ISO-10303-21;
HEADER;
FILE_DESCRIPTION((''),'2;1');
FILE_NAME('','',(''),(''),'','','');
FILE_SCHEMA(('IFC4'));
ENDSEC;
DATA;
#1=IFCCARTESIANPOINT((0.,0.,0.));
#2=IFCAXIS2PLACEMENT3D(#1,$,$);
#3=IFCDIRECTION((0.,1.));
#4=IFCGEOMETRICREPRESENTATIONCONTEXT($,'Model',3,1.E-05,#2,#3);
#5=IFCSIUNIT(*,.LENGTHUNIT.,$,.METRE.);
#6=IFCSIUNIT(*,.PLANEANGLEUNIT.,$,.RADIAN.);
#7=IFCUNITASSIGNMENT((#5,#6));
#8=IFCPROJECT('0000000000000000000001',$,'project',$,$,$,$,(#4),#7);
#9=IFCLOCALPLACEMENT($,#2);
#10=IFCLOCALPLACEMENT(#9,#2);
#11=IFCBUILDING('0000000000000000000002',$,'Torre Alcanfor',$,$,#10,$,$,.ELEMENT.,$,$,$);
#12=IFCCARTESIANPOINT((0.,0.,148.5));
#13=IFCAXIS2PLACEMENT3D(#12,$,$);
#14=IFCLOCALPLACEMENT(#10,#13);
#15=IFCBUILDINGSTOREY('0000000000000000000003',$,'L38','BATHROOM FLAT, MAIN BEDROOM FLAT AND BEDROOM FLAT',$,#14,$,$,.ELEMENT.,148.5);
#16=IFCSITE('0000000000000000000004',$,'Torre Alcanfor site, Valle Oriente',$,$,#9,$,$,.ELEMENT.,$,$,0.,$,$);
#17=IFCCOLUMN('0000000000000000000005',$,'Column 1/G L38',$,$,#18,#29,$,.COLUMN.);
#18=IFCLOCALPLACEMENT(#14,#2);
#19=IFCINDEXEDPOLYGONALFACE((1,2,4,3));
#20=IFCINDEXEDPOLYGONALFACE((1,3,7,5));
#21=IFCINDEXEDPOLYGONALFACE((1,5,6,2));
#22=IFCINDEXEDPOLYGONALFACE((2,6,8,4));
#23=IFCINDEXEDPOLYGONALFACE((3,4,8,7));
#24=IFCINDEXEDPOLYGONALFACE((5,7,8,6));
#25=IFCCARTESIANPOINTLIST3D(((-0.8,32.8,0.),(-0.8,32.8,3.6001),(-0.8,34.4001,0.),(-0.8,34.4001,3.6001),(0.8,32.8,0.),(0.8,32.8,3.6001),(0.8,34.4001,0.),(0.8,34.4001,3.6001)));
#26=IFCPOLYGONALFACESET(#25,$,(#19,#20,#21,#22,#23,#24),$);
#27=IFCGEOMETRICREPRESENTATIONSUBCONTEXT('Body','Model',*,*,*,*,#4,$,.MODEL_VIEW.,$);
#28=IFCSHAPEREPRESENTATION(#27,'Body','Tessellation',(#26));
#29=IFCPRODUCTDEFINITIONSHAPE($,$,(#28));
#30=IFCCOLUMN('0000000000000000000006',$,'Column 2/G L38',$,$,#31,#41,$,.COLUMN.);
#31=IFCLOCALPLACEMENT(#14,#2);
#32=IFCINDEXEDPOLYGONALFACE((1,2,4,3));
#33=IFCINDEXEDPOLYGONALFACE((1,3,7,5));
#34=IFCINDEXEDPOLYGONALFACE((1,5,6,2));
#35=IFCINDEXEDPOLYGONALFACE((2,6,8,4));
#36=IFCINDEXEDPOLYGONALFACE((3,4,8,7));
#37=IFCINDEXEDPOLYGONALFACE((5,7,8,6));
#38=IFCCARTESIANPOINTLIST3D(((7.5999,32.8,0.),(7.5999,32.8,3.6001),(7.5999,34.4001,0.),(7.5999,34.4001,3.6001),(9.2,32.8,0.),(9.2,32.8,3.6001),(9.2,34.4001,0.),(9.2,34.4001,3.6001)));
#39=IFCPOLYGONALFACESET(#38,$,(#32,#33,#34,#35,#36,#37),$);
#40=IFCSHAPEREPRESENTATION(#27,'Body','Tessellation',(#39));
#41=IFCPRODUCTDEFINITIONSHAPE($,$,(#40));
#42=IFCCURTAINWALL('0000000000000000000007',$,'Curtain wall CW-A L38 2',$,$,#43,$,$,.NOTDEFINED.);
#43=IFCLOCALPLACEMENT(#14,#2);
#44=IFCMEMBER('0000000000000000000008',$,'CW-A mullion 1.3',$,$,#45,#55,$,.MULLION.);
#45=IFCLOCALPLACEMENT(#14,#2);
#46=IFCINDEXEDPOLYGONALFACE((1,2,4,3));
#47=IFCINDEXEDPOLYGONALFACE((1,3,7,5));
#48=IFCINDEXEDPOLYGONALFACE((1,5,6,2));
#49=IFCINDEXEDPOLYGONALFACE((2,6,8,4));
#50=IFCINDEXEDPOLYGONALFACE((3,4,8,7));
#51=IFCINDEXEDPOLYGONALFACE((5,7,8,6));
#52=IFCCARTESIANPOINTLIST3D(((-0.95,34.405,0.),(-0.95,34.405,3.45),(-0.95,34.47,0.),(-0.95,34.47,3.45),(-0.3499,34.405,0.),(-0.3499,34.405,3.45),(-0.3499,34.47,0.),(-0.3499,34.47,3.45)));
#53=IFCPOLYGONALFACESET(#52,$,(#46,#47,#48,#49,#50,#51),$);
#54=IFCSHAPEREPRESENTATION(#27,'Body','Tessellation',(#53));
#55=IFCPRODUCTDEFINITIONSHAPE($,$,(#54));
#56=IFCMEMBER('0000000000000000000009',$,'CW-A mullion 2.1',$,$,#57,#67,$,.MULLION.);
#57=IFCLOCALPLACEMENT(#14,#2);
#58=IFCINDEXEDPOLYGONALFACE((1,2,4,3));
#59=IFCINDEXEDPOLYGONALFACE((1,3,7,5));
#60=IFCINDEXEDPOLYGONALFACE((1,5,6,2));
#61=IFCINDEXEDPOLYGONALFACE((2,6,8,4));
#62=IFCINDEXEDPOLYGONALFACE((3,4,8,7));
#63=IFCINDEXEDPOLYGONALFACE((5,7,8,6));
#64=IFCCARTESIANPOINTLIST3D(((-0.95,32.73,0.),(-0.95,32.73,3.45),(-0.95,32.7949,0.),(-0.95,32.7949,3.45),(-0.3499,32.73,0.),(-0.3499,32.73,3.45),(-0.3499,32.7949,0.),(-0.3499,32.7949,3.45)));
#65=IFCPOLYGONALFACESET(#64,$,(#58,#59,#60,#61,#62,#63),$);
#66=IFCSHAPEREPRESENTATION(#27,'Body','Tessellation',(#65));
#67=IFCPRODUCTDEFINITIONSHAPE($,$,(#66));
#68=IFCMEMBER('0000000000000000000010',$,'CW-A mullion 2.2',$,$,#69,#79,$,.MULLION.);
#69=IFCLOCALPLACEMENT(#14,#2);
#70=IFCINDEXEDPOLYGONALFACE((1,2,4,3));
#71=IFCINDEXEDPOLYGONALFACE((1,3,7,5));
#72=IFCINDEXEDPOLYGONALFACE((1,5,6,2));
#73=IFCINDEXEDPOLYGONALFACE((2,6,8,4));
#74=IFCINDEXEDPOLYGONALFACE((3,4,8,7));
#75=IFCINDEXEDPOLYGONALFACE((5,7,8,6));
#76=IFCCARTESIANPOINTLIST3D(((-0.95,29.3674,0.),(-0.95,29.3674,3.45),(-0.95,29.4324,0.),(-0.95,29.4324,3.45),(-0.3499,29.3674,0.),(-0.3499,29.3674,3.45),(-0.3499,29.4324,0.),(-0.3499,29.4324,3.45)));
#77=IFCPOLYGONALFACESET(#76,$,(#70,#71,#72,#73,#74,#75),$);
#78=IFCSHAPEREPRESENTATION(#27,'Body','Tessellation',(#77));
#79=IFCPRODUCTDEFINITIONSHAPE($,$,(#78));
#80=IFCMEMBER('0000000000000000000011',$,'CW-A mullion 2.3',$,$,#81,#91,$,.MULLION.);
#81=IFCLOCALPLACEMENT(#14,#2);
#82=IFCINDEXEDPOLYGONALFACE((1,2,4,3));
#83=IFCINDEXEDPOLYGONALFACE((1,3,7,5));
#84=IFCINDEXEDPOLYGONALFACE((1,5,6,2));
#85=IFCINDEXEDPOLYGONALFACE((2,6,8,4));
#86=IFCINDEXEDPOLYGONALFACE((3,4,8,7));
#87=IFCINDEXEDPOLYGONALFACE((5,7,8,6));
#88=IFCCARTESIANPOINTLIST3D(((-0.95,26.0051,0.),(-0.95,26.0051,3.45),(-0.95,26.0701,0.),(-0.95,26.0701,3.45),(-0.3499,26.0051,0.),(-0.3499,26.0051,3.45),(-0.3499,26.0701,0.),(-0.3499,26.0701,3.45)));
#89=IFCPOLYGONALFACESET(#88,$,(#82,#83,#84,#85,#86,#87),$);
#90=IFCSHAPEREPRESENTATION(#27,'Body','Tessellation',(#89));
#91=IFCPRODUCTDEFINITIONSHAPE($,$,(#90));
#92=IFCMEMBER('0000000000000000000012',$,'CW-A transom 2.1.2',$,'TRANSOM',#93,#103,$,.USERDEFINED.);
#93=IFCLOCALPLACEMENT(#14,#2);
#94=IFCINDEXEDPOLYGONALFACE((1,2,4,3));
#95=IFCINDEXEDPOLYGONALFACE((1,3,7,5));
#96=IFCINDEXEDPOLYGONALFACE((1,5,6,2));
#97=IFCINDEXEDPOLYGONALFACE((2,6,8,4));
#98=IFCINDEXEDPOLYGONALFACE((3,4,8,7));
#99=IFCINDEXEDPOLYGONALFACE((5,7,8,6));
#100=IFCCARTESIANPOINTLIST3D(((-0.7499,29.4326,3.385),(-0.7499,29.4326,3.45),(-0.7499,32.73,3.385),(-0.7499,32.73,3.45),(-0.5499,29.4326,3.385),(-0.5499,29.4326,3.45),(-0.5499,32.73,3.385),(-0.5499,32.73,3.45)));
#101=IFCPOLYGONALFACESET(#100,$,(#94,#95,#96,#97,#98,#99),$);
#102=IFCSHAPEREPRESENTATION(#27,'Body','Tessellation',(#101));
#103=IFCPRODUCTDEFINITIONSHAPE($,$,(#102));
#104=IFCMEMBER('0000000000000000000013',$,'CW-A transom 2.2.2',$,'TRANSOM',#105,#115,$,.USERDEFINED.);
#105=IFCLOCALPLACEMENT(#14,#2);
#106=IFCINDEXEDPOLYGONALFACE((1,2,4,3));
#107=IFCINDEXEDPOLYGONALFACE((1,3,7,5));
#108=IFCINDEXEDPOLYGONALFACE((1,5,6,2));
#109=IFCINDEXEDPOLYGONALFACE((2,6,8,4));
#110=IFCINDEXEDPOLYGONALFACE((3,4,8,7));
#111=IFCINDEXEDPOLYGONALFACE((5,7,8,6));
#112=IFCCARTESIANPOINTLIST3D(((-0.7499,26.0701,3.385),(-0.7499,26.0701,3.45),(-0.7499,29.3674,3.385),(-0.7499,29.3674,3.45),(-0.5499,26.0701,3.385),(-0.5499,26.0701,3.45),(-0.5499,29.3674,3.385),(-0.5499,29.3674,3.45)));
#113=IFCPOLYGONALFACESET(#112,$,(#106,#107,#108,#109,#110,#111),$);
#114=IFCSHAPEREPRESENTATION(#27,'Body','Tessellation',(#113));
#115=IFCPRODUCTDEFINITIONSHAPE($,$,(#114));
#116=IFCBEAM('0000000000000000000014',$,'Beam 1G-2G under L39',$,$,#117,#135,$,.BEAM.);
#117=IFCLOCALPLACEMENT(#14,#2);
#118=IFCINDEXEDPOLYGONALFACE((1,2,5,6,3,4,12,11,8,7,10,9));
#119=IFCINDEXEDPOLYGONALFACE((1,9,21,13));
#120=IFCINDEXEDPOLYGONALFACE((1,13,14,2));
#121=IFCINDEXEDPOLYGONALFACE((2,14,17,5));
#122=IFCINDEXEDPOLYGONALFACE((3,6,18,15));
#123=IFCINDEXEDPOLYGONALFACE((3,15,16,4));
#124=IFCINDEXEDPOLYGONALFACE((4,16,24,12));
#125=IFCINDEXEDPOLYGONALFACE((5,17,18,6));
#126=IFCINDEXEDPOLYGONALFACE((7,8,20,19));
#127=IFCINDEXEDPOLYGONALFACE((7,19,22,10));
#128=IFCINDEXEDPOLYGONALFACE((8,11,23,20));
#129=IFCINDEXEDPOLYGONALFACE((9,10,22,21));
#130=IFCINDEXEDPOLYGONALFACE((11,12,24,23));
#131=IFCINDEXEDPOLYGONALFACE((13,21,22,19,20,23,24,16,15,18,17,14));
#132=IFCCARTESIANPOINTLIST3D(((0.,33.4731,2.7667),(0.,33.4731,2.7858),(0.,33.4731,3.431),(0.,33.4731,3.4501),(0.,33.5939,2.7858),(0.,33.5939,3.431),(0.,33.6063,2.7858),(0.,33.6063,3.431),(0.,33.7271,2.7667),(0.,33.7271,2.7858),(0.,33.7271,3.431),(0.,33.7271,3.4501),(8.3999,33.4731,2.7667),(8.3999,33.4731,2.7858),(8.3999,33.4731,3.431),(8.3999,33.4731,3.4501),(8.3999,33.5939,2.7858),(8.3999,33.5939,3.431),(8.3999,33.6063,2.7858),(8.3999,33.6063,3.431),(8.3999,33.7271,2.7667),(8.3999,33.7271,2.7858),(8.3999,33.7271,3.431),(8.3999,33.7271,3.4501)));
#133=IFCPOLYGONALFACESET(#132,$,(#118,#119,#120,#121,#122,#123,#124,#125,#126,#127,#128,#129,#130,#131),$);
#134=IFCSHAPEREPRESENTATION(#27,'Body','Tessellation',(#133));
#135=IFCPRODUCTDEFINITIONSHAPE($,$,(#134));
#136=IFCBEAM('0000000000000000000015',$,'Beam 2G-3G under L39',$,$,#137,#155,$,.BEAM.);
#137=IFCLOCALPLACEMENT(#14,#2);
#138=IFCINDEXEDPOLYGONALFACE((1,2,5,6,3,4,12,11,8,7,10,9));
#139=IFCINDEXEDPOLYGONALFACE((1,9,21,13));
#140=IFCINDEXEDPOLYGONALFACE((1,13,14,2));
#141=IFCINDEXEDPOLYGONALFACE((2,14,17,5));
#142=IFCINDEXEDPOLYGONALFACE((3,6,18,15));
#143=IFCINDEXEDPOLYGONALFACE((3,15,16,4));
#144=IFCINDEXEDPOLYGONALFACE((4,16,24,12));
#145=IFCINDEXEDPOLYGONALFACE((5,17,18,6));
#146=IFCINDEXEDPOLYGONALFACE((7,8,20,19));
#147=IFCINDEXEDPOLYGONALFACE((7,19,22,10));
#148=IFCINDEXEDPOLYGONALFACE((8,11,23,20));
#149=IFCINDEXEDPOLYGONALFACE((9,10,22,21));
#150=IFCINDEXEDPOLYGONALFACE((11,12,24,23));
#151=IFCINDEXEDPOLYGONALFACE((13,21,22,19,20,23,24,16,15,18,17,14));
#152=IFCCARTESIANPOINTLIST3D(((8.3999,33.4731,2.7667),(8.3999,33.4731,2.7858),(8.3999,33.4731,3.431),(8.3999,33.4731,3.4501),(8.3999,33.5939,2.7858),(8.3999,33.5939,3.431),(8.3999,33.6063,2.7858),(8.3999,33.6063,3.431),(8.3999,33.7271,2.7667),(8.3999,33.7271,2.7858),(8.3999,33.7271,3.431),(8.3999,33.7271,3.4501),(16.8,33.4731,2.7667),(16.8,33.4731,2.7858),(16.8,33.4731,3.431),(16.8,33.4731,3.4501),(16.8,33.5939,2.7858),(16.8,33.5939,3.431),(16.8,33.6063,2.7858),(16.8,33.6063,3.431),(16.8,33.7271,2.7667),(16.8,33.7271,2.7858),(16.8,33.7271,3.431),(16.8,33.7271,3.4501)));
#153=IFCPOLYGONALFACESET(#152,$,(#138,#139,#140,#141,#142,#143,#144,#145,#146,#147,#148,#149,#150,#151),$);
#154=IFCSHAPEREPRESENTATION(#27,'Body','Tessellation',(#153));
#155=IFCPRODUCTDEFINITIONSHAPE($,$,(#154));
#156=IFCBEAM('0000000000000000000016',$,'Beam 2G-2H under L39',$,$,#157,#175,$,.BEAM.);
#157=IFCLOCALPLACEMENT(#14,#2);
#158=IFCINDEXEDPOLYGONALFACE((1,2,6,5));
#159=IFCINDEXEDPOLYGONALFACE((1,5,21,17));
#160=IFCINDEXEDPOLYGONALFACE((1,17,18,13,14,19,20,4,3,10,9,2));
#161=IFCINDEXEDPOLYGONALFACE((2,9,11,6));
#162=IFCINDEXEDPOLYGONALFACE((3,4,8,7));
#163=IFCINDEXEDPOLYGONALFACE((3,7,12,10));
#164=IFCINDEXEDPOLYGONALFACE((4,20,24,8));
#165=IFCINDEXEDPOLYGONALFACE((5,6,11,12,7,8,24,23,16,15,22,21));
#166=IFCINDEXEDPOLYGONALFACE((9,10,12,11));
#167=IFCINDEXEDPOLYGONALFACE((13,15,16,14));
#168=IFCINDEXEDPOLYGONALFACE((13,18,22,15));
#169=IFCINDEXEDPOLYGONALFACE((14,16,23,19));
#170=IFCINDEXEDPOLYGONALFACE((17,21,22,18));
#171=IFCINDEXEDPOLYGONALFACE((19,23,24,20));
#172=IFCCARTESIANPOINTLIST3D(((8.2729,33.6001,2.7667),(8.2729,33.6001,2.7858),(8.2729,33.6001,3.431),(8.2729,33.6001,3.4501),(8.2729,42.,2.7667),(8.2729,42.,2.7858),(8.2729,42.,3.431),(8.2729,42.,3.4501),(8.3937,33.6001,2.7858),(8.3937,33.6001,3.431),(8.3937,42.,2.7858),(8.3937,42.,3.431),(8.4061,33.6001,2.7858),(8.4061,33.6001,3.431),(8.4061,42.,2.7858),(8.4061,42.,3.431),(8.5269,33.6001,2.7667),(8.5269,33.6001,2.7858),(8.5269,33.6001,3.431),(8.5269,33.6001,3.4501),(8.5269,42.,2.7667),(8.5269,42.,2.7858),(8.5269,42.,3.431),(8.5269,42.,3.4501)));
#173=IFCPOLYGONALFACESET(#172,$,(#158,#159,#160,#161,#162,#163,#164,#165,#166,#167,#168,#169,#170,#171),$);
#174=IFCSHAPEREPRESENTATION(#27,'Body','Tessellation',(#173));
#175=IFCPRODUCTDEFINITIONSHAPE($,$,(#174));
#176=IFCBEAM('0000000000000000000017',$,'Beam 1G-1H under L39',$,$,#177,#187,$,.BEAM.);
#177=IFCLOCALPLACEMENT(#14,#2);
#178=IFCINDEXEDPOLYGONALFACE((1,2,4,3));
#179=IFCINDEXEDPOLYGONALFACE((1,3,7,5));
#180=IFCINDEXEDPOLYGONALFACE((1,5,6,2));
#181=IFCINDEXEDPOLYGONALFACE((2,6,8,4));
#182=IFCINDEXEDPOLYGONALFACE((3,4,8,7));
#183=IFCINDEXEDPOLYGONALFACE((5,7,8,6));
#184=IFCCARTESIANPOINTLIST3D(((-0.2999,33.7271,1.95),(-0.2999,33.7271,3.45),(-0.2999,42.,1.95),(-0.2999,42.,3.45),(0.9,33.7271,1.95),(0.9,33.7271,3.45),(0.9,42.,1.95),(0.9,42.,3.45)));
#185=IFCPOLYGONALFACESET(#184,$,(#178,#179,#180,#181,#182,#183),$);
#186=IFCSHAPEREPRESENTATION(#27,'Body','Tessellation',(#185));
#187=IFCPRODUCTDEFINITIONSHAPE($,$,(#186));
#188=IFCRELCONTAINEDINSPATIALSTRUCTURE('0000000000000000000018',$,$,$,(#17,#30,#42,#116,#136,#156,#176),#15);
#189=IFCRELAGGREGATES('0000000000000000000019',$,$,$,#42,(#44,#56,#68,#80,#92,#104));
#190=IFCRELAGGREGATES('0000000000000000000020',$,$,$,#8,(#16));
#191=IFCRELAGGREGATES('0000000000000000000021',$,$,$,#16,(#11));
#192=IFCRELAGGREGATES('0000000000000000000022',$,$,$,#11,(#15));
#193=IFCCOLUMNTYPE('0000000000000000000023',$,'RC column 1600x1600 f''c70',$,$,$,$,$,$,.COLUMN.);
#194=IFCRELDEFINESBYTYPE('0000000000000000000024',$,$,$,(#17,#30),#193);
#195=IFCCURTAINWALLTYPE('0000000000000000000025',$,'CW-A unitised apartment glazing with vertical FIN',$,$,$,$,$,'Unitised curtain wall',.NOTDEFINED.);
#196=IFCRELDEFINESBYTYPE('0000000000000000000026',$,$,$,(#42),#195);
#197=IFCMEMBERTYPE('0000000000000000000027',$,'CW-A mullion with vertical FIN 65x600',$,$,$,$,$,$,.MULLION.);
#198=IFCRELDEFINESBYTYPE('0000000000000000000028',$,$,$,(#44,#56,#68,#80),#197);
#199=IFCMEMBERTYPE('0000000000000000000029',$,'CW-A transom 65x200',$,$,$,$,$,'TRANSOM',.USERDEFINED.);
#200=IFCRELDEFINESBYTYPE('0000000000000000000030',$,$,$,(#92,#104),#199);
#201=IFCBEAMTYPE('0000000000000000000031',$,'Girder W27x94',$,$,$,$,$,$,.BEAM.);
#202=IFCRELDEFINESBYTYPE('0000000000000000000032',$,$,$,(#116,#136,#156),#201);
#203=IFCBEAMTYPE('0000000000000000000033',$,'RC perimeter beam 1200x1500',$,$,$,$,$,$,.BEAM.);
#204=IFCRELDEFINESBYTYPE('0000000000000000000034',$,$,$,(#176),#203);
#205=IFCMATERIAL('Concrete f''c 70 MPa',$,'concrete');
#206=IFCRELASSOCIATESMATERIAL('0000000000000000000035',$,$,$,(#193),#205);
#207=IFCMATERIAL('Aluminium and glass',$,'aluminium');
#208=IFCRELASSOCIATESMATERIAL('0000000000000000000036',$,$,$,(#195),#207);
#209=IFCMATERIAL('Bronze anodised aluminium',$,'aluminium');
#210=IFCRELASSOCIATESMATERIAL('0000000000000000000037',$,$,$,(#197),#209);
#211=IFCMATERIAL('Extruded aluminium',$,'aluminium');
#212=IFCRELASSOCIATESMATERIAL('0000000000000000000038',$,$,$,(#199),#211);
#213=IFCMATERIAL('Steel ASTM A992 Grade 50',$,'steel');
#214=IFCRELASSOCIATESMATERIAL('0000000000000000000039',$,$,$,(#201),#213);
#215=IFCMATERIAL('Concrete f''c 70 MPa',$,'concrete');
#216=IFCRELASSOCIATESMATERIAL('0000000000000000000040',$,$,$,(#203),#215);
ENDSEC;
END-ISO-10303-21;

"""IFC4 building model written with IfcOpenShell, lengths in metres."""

from ifc_helpers import new_model, si_unit, direction, frame, origin, origin_2d, place, context, subcontext, project, spatial, rectangle, i_section, extrude, material, material_profile, profile_set, type_object, element, aggregate, save


model = new_model("IFC4")

# Units and contexts
model_context = context("Model", 3, precision=1e-05, world=origin(), true_north=direction((0.0, 1.0)))
body_context = subcontext(model_context, "Body", "Model", "MODEL_VIEW")
ifc_project = project(units=[si_unit("LENGTHUNIT", "METRE"), si_unit("PLANEANGLEUNIT", "RADIAN")], contexts=[model_context])

# Site, building, storey
site_placement = place(None, origin())
site = spatial("IfcSite", under=ifc_project, at=site_placement, Name="Torre Alcanfor site, Valle Oriente", CompositionType="ELEMENT", RefElevation=0.0)
building_placement = place(site_placement, origin())
building = spatial("IfcBuilding", under=site, at=building_placement, Name="Torre Alcanfor", CompositionType="ELEMENT")
storey_placement = place(building_placement, frame((0.0, 0.0, 148.5)))
storey = spatial("IfcBuildingStorey", under=building, at=storey_placement, Name="L38", Description="BATHROOM FLAT, MAIN BEDROOM FLAT AND BEDROOM FLAT", CompositionType="ELEMENT", Elevation=148.5)

# Columns
ifc_material_1 = material(Name="Concrete f'c 70 MPa", Category="concrete")
ifc_material_profile_1 = material_profile(ifc_material_1, rectangle(XDim=1.6001, YDim=1.6001, at=origin_2d()), Name="1600x1600")
ifc_profile_set_1 = profile_set([ifc_material_profile_1], Name="Concrete f'c 70 MPa")
column_type = type_object("IfcColumnType", Name="RC column 1600x1600 f'c70", PredefinedType="COLUMN", material=ifc_profile_set_1)
for number, where, z_axis, x_axis, name in (
    (1, (0.0, 33.6001, 0.0), (0.0, 0.0, 1.0), (1.0, 0.0, 0.0), "Column 1/G L38"),
    (2, (8.3999, 33.6001, 0.0), (0.0, 0.0, 1.0), (1.0, 0.0, 0.0), "Column 2/G L38"),
):
    element("IfcColumn", number, at=place(storey_placement, frame(where, z_axis=z_axis, x_axis=x_axis)), inside=storey, type_object=column_type, Name=name, PredefinedType="COLUMN", context=body_context, shape_type="SweptSolid", body=[
        extrude(rectangle(XDim=1.6001, YDim=1.6001, at=origin_2d()), origin(), (0.0, 0.0, 1.0), 3.6001),
    ])

# Curtain wall, members
ifc_material_2 = material(Name="Aluminium and glass", Category="aluminium")
curtain_wall_type = type_object("IfcCurtainWallType", Name="CW-A unitised apartment glazing with vertical FIN", ElementType="Unitised curtain wall", PredefinedType="NOTDEFINED", material=ifc_material_2)
curtain_wall_placement = place(storey_placement, origin())
curtain_wall = element("IfcCurtainWall", 3, at=curtain_wall_placement, inside=storey, type_object=curtain_wall_type, Name="Curtain wall CW-A L38 2", PredefinedType="NOTDEFINED")
ifc_material_3 = material(Name="Bronze anodised aluminium", Category="aluminium")
ifc_material_profile_2 = material_profile(ifc_material_3, rectangle(XDim=0.6001, YDim=0.0649, at=origin_2d()), Name="CW-A mullion 65x600")
ifc_profile_set_2 = profile_set([ifc_material_profile_2], Name="Bronze anodised aluminium")
member_type_1 = type_object("IfcMemberType", Name="CW-A mullion with vertical FIN 65x600", PredefinedType="MULLION", material=ifc_profile_set_2)
member_1_placement = place(storey_placement, frame((-0.6499, 34.4375, 0.0), z_axis=(0.0, 0.0, 1.0), x_axis=(1.0, 0.0, 0.0)))
member_1 = element("IfcMember", 4, at=member_1_placement, type_object=member_type_1, Name="CW-A mullion 1.3", PredefinedType="MULLION", context=body_context, shape_type="SweptSolid", body=[
    extrude(rectangle(XDim=0.6001, YDim=0.0649, at=origin_2d()), origin(), (0.0, 0.0, 1.0), 3.45),
])
member_2_placement = place(storey_placement, frame((-0.6499, 32.7625, 0.0), z_axis=(0.0, 0.0, 1.0), x_axis=(1.0, 0.0, 0.0)))
member_2 = element("IfcMember", 5, at=member_2_placement, type_object=member_type_1, Name="CW-A mullion 2.1", PredefinedType="MULLION", context=body_context, shape_type="SweptSolid", body=[
    extrude(rectangle(XDim=0.6001, YDim=0.0649, at=origin_2d()), origin(), (0.0, 0.0, 1.0), 3.45),
])
member_3_placement = place(storey_placement, frame((-0.6499, 29.3999, 0.0), z_axis=(0.0, 0.0, 1.0), x_axis=(1.0, 0.0, 0.0)))
member_3 = element("IfcMember", 6, at=member_3_placement, type_object=member_type_1, Name="CW-A mullion 2.2", PredefinedType="MULLION", context=body_context, shape_type="SweptSolid", body=[
    extrude(rectangle(XDim=0.6001, YDim=0.0649, at=origin_2d()), origin(), (0.0, 0.0, 1.0), 3.45),
])
member_4_placement = place(storey_placement, frame((-0.6499, 26.0376, 0.0), z_axis=(0.0, 0.0, 1.0), x_axis=(1.0, 0.0, 0.0)))
member_4 = element("IfcMember", 7, at=member_4_placement, type_object=member_type_1, Name="CW-A mullion 2.3", PredefinedType="MULLION", context=body_context, shape_type="SweptSolid", body=[
    extrude(rectangle(XDim=0.6001, YDim=0.0649, at=origin_2d()), origin(), (0.0, 0.0, 1.0), 3.45),
])
ifc_material_4 = material(Name="Extruded aluminium", Category="aluminium")
ifc_material_profile_3 = material_profile(ifc_material_4, rectangle(XDim=0.2, YDim=0.0649, at=origin_2d()), Name="CW-A transom 200x65")
ifc_profile_set_3 = profile_set([ifc_material_profile_3], Name="Extruded aluminium")
member_type_2 = type_object("IfcMemberType", Name="CW-A transom 65x200", ElementType="TRANSOM", PredefinedType="USERDEFINED", material=ifc_profile_set_3)
member_5_placement = place(storey_placement, frame((-0.6499, 32.73, 3.4175), z_axis=(0.0, -1.0, 0.0), x_axis=(1.0, 0.0, 0.0)))
member_5 = element("IfcMember", 8, at=member_5_placement, type_object=member_type_2, Name="CW-A transom 2.1.2", ObjectType="TRANSOM", PredefinedType="USERDEFINED", context=body_context, shape_type="SweptSolid", body=[
    extrude(rectangle(XDim=0.2, YDim=0.0649, at=origin_2d()), origin(), (0.0, 0.0, 1.0), 3.2974),
])
member_6_placement = place(storey_placement, frame((-0.6499, 29.3674, 3.4175), z_axis=(0.0, -1.0, 0.0), x_axis=(1.0, 0.0, 0.0)))
member_6 = element("IfcMember", 9, at=member_6_placement, type_object=member_type_2, Name="CW-A transom 2.2.2", ObjectType="TRANSOM", PredefinedType="USERDEFINED", context=body_context, shape_type="SweptSolid", body=[
    extrude(rectangle(XDim=0.2, YDim=0.0649, at=origin_2d()), origin(), (0.0, 0.0, 1.0), 3.2974),
])

# Beams
ifc_material_5 = material(Name="Steel ASTM A992 Grade 50", Category="steel")
ifc_material_profile_4 = material_profile(ifc_material_5, i_section(OverallWidth=0.2539, OverallDepth=0.6833, WebThickness=0.0125, FlangeThickness=0.019, at=origin_2d()), Name="W27x94")
ifc_profile_set_4 = profile_set([ifc_material_profile_4], Name="Steel ASTM A992 Grade 50")
beam_type_1 = type_object("IfcBeamType", Name="Girder W27x94", PredefinedType="BEAM", material=ifc_profile_set_4)
beam_1_placement = place(storey_placement, frame((0.0, 33.6001, 3.1084), z_axis=(1.0, 0.0, 0.0), x_axis=(0.0, 1.0, 0.0)))
element("IfcBeam", 10, at=beam_1_placement, inside=storey, type_object=beam_type_1, Name="Beam 1G-2G under L39", PredefinedType="BEAM", context=body_context, shape_type="SweptSolid", body=[
    extrude(i_section(OverallWidth=0.2539, OverallDepth=0.6833, WebThickness=0.0125, FlangeThickness=0.019, at=origin_2d()), origin(), (0.0, 0.0, 1.0), 8.3999),
])
beam_2_placement = place(storey_placement, frame((8.3999, 33.6001, 3.1084), z_axis=(1.0, 0.0, 0.0), x_axis=(0.0, 1.0, 0.0)))
element("IfcBeam", 11, at=beam_2_placement, inside=storey, type_object=beam_type_1, Name="Beam 2G-3G under L39", PredefinedType="BEAM", context=body_context, shape_type="SweptSolid", body=[
    extrude(i_section(OverallWidth=0.2539, OverallDepth=0.6833, WebThickness=0.0125, FlangeThickness=0.019, at=origin_2d()), origin(), (0.0, 0.0, 1.0), 8.4001),
])
beam_3_placement = place(storey_placement, frame((8.3999, 33.6001, 3.1084), z_axis=(0.0, 1.0, 0.0), x_axis=(-1.0, 0.0, 0.0)))
element("IfcBeam", 12, at=beam_3_placement, inside=storey, type_object=beam_type_1, Name="Beam 2G-2H under L39", PredefinedType="BEAM", context=body_context, shape_type="SweptSolid", body=[
    extrude(i_section(OverallWidth=0.2539, OverallDepth=0.6833, WebThickness=0.0125, FlangeThickness=0.019, at=origin_2d()), origin(), (0.0, 0.0, 1.0), 8.3999),
])
ifc_material_6 = material(Name="Concrete f'c 70 MPa", Category="concrete")
ifc_material_profile_5 = material_profile(ifc_material_6, rectangle(XDim=1.2, YDim=1.5, at=origin_2d()), Name="1200x1500")
ifc_profile_set_5 = profile_set([ifc_material_profile_5], Name="Concrete f'c 70 MPa")
beam_type_2 = type_object("IfcBeamType", Name="RC perimeter beam 1200x1500", PredefinedType="BEAM", material=ifc_profile_set_5)
beam_4_placement = place(storey_placement, frame((0.3, 33.7271, 2.7), z_axis=(0.0, 1.0, 0.0), x_axis=(-1.0, 0.0, 0.0)))
element("IfcBeam", 13, at=beam_4_placement, inside=storey, type_object=beam_type_2, Name="Beam 1G-1H under L39", PredefinedType="BEAM", context=body_context, shape_type="SweptSolid", body=[
    extrude(rectangle(XDim=1.2, YDim=1.5, at=origin_2d()), origin(), (0.0, 0.0, 1.0), 8.2729),
])

aggregate(curtain_wall, [member_1, member_2, member_3, member_4, member_5, member_6])

save(model, "model.ifc")
